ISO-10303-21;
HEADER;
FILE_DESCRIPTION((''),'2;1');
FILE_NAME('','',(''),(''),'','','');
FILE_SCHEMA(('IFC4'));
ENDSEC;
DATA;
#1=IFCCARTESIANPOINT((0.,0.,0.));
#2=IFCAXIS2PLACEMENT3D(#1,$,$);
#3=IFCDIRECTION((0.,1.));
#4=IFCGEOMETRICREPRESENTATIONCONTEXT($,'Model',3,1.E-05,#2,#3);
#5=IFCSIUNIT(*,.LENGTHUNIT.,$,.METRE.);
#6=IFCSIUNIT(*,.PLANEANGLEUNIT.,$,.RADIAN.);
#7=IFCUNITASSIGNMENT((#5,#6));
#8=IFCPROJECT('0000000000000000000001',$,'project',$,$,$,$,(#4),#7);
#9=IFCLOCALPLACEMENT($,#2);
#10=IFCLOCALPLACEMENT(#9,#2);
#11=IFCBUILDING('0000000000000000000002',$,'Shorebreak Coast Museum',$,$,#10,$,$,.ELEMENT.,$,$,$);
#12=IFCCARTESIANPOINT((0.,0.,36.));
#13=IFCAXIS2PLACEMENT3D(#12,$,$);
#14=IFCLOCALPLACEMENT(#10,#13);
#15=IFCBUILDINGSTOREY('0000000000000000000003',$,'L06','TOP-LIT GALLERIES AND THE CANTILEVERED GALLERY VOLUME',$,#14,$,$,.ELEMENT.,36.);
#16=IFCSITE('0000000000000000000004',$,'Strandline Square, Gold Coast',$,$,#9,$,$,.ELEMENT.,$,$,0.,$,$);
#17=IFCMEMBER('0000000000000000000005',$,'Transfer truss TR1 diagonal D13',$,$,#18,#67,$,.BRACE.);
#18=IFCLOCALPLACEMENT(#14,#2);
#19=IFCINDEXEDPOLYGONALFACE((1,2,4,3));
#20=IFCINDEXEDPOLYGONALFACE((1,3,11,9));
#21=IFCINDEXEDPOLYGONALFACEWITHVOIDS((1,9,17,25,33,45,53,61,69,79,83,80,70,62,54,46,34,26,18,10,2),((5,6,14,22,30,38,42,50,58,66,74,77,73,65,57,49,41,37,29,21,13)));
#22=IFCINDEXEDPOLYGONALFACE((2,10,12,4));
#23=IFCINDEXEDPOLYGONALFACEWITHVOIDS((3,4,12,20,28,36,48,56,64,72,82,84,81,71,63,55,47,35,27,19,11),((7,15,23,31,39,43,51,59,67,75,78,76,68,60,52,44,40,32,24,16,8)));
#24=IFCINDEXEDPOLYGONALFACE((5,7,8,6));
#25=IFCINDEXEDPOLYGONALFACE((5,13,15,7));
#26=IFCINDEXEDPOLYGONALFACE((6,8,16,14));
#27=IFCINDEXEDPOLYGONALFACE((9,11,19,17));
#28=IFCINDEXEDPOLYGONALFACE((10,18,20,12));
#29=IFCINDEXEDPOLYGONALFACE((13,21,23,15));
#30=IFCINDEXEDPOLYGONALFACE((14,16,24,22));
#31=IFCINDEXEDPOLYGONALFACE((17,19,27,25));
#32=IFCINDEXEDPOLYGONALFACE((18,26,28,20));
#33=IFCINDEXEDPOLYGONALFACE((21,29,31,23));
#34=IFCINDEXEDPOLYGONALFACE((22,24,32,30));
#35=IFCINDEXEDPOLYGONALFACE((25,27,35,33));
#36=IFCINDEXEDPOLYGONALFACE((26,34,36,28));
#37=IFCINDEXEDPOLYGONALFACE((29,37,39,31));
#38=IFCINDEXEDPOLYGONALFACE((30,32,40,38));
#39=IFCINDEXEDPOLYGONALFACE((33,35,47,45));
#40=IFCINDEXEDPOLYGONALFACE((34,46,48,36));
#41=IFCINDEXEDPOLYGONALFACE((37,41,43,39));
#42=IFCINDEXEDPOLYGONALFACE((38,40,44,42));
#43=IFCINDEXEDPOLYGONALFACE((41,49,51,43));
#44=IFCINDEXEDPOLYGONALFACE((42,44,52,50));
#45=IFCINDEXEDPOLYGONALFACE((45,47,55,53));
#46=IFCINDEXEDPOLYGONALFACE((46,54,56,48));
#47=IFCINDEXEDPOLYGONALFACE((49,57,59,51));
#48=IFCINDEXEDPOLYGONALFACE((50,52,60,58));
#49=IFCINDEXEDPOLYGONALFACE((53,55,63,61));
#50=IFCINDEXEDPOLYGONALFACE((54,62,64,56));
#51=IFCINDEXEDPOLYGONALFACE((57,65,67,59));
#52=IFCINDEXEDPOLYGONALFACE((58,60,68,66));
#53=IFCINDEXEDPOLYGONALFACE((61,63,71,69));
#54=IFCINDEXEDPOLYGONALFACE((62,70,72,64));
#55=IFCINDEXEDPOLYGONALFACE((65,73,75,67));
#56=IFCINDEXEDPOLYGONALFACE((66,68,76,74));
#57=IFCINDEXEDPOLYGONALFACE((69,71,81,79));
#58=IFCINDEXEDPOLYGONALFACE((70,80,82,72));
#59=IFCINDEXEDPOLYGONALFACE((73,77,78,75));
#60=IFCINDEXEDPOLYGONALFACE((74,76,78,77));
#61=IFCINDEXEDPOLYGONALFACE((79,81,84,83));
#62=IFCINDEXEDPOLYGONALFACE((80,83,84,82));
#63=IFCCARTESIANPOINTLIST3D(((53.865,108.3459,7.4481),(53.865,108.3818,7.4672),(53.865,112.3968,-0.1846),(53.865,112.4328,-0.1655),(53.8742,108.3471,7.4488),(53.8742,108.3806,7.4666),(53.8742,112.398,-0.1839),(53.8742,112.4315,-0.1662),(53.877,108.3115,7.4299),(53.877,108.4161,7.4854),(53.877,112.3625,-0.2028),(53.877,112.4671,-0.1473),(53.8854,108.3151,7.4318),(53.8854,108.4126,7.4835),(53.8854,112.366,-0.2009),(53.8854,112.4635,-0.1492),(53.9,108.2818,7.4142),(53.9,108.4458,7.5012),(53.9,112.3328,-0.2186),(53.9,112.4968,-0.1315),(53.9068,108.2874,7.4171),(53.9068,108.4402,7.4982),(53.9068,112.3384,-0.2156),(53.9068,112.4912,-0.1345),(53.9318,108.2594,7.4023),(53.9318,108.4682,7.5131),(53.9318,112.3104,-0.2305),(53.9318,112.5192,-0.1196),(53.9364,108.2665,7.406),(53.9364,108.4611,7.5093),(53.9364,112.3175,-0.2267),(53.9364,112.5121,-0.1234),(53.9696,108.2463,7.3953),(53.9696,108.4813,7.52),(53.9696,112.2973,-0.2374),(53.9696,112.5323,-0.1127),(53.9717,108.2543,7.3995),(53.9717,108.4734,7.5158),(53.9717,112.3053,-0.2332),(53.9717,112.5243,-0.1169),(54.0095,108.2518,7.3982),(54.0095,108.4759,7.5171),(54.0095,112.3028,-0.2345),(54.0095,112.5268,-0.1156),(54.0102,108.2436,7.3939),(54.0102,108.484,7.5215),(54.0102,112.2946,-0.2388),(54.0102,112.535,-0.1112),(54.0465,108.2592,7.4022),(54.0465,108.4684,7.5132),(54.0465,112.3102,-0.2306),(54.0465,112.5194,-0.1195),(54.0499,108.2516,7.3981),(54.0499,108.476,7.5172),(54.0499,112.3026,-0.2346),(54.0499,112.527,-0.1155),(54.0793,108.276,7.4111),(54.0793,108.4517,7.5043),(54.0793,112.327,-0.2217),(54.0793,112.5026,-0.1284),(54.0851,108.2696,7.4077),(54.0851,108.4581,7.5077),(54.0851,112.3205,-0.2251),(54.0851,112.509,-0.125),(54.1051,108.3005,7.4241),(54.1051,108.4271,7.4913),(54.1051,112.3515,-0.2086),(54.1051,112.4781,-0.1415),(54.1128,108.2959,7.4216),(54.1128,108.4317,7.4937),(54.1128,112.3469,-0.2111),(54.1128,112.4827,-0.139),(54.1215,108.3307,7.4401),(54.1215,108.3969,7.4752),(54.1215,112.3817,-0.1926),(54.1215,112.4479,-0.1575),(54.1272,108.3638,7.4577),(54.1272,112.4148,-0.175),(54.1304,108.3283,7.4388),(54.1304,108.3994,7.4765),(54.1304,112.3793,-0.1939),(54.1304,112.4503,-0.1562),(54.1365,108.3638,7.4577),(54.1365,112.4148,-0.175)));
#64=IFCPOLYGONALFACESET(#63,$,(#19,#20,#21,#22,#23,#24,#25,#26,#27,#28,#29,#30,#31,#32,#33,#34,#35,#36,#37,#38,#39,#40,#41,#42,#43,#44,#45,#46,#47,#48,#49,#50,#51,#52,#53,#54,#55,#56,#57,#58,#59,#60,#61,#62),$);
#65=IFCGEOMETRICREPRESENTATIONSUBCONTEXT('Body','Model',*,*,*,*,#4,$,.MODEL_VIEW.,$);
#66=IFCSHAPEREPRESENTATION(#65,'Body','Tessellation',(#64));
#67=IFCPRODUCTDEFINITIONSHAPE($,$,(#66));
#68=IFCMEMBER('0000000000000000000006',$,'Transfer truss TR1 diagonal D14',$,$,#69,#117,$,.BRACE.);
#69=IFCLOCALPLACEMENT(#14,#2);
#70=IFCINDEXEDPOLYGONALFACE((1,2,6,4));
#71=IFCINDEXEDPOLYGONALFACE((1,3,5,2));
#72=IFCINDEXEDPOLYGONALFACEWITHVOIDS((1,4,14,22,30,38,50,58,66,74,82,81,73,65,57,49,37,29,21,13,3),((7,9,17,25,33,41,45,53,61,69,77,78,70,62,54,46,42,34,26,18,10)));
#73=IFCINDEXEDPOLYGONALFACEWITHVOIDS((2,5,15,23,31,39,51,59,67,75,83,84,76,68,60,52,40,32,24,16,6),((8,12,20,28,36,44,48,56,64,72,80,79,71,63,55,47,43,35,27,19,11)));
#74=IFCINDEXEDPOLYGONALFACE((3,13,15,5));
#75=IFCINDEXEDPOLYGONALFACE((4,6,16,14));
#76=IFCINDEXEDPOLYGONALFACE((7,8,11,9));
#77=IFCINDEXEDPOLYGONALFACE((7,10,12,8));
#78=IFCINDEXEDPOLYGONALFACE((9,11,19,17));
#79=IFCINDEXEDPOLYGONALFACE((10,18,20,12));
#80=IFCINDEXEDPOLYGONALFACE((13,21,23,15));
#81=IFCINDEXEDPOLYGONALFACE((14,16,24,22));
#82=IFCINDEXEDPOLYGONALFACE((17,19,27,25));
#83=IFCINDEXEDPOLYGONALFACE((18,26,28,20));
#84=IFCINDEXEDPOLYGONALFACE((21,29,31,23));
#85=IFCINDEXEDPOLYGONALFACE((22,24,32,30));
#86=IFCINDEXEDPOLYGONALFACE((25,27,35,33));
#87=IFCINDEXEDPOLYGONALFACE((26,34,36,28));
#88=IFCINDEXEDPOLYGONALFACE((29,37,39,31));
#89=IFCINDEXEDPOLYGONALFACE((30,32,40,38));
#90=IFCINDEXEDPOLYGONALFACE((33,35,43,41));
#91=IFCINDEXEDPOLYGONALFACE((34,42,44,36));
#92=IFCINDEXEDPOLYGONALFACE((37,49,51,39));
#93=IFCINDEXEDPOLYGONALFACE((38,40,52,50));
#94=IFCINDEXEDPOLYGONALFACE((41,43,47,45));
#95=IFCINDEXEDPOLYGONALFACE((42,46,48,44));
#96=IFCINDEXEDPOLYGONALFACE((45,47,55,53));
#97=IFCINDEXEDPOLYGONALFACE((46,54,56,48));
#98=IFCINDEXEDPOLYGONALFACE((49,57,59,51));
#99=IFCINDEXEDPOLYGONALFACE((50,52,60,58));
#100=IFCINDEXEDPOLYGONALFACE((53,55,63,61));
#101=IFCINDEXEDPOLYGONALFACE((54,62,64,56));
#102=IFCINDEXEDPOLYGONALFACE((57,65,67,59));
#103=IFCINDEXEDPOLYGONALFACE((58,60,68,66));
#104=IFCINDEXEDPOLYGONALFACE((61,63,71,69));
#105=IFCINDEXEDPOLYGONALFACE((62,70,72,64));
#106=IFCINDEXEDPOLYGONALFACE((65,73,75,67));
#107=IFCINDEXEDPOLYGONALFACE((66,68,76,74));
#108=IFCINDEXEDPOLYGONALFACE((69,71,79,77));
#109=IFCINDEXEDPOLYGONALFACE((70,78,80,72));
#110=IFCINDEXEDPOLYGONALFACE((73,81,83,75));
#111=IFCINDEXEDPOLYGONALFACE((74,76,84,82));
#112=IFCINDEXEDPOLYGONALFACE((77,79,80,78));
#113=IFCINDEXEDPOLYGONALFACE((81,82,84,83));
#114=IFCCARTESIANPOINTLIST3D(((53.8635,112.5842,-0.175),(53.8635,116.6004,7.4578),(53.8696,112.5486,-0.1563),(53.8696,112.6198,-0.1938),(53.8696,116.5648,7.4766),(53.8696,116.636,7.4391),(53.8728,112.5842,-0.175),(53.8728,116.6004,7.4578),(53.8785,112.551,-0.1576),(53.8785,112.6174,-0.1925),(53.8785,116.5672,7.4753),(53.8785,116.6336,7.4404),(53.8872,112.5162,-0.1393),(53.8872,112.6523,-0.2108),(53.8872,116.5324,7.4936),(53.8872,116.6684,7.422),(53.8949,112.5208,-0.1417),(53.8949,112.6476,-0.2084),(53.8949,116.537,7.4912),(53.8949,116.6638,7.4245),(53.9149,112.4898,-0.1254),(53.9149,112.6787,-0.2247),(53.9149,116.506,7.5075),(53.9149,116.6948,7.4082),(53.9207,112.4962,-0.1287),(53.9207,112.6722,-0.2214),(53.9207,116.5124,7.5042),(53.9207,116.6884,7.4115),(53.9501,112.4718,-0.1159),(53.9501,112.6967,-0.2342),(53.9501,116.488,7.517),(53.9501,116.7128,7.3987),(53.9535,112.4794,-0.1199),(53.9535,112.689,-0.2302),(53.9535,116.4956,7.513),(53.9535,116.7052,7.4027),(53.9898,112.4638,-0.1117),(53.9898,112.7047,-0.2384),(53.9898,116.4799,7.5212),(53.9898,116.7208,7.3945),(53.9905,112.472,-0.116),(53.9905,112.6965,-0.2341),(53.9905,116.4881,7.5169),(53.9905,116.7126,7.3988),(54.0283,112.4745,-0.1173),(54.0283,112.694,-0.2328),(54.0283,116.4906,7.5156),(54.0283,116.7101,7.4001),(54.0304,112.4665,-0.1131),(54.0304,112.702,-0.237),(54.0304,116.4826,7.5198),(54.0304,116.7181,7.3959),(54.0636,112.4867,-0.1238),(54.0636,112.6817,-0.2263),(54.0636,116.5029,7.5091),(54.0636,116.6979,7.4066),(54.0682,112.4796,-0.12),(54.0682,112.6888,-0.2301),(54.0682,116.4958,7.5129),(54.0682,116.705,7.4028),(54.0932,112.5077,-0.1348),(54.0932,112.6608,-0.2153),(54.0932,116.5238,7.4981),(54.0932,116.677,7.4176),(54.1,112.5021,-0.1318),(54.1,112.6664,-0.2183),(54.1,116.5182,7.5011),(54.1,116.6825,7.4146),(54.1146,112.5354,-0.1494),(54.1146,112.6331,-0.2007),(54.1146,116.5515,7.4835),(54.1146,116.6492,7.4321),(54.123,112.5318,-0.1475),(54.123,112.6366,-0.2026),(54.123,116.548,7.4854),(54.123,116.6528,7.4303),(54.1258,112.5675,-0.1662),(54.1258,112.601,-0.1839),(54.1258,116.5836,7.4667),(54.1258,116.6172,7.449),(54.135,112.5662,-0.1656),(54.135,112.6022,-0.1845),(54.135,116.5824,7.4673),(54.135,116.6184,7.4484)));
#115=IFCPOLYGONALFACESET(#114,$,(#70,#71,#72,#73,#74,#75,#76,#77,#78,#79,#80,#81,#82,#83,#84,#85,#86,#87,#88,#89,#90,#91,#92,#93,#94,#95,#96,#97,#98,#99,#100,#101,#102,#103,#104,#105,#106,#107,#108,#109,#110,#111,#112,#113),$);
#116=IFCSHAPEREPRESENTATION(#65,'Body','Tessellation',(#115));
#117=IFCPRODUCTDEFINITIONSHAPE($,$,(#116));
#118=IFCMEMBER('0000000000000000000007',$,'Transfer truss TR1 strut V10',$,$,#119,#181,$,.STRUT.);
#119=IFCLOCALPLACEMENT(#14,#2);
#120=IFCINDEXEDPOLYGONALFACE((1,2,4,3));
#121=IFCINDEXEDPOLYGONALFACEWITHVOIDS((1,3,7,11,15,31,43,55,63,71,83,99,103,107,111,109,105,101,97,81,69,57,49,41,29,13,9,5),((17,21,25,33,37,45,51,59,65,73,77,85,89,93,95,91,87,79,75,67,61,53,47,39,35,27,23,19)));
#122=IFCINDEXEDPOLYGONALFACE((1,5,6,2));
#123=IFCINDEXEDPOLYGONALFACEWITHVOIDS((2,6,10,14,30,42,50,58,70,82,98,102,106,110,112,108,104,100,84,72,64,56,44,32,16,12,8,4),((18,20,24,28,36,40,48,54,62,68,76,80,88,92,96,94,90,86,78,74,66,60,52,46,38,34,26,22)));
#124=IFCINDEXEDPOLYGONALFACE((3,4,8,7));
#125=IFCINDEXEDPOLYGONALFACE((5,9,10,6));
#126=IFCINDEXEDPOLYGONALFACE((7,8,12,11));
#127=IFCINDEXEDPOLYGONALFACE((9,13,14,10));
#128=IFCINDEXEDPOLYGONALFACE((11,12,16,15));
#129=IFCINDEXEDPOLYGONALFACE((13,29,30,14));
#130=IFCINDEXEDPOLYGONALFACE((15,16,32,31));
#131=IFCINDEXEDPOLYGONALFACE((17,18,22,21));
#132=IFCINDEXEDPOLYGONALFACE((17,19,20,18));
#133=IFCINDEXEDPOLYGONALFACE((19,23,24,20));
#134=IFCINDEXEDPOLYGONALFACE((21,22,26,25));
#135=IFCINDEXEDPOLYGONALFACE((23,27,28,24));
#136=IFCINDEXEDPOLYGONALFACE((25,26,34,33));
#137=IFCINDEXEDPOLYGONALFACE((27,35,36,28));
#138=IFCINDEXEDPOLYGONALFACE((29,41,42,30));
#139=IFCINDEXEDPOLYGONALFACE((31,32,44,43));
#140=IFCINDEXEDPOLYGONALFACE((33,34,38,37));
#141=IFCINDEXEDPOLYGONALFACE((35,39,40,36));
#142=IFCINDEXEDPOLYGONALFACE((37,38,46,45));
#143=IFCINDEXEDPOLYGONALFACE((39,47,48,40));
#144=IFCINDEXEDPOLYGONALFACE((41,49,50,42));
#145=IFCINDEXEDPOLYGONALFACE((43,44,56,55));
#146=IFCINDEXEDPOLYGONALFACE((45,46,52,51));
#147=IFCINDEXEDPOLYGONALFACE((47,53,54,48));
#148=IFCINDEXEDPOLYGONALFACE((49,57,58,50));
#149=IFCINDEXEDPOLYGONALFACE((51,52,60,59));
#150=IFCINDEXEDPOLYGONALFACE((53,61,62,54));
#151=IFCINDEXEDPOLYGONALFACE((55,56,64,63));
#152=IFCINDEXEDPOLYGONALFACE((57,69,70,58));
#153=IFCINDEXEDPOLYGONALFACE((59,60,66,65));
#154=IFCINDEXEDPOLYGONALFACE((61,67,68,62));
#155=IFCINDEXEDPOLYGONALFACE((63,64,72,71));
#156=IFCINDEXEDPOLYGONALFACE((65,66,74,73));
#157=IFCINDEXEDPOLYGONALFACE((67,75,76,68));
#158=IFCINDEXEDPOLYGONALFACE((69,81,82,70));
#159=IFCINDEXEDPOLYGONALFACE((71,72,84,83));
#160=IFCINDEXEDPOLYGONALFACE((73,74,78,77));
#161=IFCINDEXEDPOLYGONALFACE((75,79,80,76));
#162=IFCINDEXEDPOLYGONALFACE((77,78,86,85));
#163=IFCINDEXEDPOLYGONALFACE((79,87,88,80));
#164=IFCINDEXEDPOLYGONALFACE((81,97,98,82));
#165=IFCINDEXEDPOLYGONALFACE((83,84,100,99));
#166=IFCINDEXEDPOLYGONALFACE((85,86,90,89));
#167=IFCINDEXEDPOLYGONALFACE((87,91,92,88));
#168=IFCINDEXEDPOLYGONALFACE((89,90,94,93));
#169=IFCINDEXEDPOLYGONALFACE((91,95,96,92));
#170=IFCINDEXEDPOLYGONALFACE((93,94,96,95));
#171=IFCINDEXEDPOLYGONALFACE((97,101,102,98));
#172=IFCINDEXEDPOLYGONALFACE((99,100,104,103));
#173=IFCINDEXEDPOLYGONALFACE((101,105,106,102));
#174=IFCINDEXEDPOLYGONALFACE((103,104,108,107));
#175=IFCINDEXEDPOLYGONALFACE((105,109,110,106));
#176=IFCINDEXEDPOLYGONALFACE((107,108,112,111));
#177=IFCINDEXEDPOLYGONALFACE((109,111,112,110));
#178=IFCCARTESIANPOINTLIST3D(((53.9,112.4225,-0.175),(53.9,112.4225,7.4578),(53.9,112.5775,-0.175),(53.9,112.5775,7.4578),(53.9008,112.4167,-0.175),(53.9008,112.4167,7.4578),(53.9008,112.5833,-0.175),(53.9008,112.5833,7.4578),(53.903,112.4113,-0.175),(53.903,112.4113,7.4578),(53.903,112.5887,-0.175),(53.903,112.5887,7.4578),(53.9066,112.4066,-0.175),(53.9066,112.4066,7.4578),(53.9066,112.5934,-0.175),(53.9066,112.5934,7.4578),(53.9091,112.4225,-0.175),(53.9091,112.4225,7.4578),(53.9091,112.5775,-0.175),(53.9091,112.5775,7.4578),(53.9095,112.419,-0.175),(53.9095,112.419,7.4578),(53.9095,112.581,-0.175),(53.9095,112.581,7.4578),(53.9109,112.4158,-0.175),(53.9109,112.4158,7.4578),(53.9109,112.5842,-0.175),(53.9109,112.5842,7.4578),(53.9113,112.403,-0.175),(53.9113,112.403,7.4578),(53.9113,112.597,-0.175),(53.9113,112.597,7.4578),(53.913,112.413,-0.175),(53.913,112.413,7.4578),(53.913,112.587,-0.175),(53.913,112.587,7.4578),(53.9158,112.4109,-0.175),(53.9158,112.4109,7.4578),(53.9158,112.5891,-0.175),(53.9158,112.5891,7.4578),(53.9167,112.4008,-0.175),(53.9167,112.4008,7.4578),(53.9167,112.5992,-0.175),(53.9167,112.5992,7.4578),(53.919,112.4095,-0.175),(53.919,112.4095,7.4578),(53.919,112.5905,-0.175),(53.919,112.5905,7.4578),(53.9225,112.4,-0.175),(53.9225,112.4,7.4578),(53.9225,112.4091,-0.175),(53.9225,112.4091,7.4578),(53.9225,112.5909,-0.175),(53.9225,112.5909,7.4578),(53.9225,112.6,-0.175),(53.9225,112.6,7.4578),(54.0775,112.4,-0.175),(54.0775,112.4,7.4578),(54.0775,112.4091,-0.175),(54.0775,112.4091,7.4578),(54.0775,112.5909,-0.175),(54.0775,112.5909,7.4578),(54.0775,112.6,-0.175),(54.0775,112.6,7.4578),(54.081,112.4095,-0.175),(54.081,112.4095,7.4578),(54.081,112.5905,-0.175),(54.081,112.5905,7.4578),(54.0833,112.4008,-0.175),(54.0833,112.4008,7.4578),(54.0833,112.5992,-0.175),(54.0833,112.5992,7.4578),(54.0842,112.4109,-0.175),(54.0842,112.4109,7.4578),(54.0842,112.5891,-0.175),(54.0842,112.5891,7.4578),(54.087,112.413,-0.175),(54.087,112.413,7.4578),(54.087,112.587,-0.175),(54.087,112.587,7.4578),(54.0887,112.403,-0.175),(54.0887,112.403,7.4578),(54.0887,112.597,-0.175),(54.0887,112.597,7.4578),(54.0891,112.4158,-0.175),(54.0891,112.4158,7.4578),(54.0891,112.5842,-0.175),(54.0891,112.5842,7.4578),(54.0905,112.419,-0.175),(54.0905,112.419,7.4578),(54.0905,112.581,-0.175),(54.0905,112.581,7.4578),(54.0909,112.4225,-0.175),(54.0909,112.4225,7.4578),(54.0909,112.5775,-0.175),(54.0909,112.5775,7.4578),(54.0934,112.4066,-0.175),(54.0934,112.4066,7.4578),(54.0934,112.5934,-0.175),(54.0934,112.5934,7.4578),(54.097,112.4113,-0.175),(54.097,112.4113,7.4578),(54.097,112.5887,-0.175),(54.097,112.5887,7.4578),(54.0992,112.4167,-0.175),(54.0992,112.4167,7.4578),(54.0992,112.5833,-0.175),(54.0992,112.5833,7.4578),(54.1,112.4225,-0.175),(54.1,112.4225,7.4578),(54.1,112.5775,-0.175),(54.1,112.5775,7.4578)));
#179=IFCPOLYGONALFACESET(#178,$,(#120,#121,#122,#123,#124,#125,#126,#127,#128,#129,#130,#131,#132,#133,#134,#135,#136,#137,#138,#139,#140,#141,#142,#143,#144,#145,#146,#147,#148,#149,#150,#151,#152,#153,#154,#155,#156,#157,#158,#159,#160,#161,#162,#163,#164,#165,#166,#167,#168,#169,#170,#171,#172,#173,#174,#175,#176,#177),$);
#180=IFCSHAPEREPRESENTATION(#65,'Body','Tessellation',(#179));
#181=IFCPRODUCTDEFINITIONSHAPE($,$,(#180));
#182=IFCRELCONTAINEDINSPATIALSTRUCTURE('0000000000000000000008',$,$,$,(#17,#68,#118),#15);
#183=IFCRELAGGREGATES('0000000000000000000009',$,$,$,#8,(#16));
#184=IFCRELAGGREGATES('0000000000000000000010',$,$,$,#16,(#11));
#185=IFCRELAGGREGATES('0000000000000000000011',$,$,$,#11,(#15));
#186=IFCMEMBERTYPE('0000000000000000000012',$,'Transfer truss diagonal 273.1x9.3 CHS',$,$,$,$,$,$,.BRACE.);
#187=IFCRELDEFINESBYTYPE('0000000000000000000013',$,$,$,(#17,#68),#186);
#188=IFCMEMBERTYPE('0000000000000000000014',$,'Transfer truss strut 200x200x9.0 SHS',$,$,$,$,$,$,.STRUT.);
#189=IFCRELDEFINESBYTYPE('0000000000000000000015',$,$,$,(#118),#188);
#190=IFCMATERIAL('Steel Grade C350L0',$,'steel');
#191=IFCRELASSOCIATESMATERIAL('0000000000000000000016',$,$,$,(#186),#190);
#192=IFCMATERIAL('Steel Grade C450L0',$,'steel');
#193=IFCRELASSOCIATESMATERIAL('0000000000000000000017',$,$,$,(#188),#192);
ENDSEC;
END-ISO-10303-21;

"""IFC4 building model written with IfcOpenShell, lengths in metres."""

from ifc_helpers import new_model, si_unit, direction, frame, origin, origin_2d, place, context, subcontext, project, spatial, hollow_rectangle, hollow_circle, extrude, material, material_profile, profile_set, type_object, element, save


model = new_model("IFC4")

# Units and contexts
model_context = context("Model", 3, precision=1e-05, world=origin(), true_north=direction((0.0, 1.0)))
body_context = subcontext(model_context, "Body", "Model", "MODEL_VIEW")
ifc_project = project(units=[si_unit("LENGTHUNIT", "METRE"), si_unit("PLANEANGLEUNIT", "RADIAN")], contexts=[model_context])

# Site, building, storey
site_placement = place(None, origin())
site = spatial("IfcSite", under=ifc_project, at=site_placement, Name="Strandline Square, Gold Coast", CompositionType="ELEMENT", RefElevation=0.0)
building_placement = place(site_placement, origin())
building = spatial("IfcBuilding", under=site, at=building_placement, Name="Shorebreak Coast Museum", CompositionType="ELEMENT")
storey_placement = place(building_placement, frame((0.0, 0.0, 36.0)))
storey = spatial("IfcBuildingStorey", under=building, at=storey_placement, Name="L06", Description="TOP-LIT GALLERIES AND THE CANTILEVERED GALLERY VOLUME", CompositionType="ELEMENT", Elevation=36.0)

# Members
ifc_material_1 = material(Name="Steel Grade C350L0", Category="steel")
ifc_material_profile_1 = material_profile(ifc_material_1, hollow_circle(Radius=0.1365, WallThickness=0.0093, at=origin_2d()), Name="273.1x9.3 CHS")
ifc_profile_set_1 = profile_set([ifc_material_profile_1], Name="Steel Grade C350L0")
member_type_1 = type_object("IfcMemberType", Name="Transfer truss diagonal 273.1x9.3 CHS", PredefinedType="BRACE", material=ifc_profile_set_1)
member_1_placement = place(storey_placement, frame((54.0, 112.4148, -0.175), z_axis=(0.0, -0.468803, 0.883303), x_axis=(1.0, 0.0, 0.0)))
element("IfcMember", 1, at=member_1_placement, inside=storey, type_object=member_type_1, Name="Transfer truss TR1 diagonal D13", PredefinedType="BRACE", context=body_context, shape_type="SweptSolid", body=[
    extrude(hollow_circle(Radius=0.1365, WallThickness=0.0093, at=origin_2d()), origin(), (0.0, 0.0, 1.0), 8.6411),
])
member_2_placement = place(storey_placement, frame((54.0, 112.5842, -0.175), z_axis=(0.0, 0.465641, 0.884973), x_axis=(-1.0, 0.0, 0.0)))
element("IfcMember", 2, at=member_2_placement, inside=storey, type_object=member_type_1, Name="Transfer truss TR1 diagonal D14", PredefinedType="BRACE", context=body_context, shape_type="SweptSolid", body=[
    extrude(hollow_circle(Radius=0.1365, WallThickness=0.0093, at=origin_2d()), origin(), (0.0, 0.0, 1.0), 8.625),
])
ifc_material_2 = material(Name="Steel Grade C450L0", Category="steel")
ifc_material_profile_2 = material_profile(ifc_material_2, hollow_rectangle(XDim=0.2, YDim=0.2, WallThickness=0.009, InnerFilletRadius=0.0134, OuterFilletRadius=0.0225, at=origin_2d()), Name="200x200x9.0 SHS")
ifc_profile_set_2 = profile_set([ifc_material_profile_2], Name="Steel Grade C450L0")
member_type_2 = type_object("IfcMemberType", Name="Transfer truss strut 200x200x9.0 SHS", PredefinedType="STRUT", material=ifc_profile_set_2)
member_3_placement = place(storey_placement, frame((54.0, 112.5, -0.175), z_axis=(0.0, 0.0, 1.0), x_axis=(1.0, 0.0, 0.0)))
element("IfcMember", 3, at=member_3_placement, inside=storey, type_object=member_type_2, Name="Transfer truss TR1 strut V10", PredefinedType="STRUT", context=body_context, shape_type="SweptSolid", body=[
    extrude(hollow_rectangle(XDim=0.2, YDim=0.2, WallThickness=0.009, InnerFilletRadius=0.0134, OuterFilletRadius=0.0225, at=origin_2d()), origin(), (0.0, 0.0, 1.0), 7.6328),
])

save(model, "model.ifc")
